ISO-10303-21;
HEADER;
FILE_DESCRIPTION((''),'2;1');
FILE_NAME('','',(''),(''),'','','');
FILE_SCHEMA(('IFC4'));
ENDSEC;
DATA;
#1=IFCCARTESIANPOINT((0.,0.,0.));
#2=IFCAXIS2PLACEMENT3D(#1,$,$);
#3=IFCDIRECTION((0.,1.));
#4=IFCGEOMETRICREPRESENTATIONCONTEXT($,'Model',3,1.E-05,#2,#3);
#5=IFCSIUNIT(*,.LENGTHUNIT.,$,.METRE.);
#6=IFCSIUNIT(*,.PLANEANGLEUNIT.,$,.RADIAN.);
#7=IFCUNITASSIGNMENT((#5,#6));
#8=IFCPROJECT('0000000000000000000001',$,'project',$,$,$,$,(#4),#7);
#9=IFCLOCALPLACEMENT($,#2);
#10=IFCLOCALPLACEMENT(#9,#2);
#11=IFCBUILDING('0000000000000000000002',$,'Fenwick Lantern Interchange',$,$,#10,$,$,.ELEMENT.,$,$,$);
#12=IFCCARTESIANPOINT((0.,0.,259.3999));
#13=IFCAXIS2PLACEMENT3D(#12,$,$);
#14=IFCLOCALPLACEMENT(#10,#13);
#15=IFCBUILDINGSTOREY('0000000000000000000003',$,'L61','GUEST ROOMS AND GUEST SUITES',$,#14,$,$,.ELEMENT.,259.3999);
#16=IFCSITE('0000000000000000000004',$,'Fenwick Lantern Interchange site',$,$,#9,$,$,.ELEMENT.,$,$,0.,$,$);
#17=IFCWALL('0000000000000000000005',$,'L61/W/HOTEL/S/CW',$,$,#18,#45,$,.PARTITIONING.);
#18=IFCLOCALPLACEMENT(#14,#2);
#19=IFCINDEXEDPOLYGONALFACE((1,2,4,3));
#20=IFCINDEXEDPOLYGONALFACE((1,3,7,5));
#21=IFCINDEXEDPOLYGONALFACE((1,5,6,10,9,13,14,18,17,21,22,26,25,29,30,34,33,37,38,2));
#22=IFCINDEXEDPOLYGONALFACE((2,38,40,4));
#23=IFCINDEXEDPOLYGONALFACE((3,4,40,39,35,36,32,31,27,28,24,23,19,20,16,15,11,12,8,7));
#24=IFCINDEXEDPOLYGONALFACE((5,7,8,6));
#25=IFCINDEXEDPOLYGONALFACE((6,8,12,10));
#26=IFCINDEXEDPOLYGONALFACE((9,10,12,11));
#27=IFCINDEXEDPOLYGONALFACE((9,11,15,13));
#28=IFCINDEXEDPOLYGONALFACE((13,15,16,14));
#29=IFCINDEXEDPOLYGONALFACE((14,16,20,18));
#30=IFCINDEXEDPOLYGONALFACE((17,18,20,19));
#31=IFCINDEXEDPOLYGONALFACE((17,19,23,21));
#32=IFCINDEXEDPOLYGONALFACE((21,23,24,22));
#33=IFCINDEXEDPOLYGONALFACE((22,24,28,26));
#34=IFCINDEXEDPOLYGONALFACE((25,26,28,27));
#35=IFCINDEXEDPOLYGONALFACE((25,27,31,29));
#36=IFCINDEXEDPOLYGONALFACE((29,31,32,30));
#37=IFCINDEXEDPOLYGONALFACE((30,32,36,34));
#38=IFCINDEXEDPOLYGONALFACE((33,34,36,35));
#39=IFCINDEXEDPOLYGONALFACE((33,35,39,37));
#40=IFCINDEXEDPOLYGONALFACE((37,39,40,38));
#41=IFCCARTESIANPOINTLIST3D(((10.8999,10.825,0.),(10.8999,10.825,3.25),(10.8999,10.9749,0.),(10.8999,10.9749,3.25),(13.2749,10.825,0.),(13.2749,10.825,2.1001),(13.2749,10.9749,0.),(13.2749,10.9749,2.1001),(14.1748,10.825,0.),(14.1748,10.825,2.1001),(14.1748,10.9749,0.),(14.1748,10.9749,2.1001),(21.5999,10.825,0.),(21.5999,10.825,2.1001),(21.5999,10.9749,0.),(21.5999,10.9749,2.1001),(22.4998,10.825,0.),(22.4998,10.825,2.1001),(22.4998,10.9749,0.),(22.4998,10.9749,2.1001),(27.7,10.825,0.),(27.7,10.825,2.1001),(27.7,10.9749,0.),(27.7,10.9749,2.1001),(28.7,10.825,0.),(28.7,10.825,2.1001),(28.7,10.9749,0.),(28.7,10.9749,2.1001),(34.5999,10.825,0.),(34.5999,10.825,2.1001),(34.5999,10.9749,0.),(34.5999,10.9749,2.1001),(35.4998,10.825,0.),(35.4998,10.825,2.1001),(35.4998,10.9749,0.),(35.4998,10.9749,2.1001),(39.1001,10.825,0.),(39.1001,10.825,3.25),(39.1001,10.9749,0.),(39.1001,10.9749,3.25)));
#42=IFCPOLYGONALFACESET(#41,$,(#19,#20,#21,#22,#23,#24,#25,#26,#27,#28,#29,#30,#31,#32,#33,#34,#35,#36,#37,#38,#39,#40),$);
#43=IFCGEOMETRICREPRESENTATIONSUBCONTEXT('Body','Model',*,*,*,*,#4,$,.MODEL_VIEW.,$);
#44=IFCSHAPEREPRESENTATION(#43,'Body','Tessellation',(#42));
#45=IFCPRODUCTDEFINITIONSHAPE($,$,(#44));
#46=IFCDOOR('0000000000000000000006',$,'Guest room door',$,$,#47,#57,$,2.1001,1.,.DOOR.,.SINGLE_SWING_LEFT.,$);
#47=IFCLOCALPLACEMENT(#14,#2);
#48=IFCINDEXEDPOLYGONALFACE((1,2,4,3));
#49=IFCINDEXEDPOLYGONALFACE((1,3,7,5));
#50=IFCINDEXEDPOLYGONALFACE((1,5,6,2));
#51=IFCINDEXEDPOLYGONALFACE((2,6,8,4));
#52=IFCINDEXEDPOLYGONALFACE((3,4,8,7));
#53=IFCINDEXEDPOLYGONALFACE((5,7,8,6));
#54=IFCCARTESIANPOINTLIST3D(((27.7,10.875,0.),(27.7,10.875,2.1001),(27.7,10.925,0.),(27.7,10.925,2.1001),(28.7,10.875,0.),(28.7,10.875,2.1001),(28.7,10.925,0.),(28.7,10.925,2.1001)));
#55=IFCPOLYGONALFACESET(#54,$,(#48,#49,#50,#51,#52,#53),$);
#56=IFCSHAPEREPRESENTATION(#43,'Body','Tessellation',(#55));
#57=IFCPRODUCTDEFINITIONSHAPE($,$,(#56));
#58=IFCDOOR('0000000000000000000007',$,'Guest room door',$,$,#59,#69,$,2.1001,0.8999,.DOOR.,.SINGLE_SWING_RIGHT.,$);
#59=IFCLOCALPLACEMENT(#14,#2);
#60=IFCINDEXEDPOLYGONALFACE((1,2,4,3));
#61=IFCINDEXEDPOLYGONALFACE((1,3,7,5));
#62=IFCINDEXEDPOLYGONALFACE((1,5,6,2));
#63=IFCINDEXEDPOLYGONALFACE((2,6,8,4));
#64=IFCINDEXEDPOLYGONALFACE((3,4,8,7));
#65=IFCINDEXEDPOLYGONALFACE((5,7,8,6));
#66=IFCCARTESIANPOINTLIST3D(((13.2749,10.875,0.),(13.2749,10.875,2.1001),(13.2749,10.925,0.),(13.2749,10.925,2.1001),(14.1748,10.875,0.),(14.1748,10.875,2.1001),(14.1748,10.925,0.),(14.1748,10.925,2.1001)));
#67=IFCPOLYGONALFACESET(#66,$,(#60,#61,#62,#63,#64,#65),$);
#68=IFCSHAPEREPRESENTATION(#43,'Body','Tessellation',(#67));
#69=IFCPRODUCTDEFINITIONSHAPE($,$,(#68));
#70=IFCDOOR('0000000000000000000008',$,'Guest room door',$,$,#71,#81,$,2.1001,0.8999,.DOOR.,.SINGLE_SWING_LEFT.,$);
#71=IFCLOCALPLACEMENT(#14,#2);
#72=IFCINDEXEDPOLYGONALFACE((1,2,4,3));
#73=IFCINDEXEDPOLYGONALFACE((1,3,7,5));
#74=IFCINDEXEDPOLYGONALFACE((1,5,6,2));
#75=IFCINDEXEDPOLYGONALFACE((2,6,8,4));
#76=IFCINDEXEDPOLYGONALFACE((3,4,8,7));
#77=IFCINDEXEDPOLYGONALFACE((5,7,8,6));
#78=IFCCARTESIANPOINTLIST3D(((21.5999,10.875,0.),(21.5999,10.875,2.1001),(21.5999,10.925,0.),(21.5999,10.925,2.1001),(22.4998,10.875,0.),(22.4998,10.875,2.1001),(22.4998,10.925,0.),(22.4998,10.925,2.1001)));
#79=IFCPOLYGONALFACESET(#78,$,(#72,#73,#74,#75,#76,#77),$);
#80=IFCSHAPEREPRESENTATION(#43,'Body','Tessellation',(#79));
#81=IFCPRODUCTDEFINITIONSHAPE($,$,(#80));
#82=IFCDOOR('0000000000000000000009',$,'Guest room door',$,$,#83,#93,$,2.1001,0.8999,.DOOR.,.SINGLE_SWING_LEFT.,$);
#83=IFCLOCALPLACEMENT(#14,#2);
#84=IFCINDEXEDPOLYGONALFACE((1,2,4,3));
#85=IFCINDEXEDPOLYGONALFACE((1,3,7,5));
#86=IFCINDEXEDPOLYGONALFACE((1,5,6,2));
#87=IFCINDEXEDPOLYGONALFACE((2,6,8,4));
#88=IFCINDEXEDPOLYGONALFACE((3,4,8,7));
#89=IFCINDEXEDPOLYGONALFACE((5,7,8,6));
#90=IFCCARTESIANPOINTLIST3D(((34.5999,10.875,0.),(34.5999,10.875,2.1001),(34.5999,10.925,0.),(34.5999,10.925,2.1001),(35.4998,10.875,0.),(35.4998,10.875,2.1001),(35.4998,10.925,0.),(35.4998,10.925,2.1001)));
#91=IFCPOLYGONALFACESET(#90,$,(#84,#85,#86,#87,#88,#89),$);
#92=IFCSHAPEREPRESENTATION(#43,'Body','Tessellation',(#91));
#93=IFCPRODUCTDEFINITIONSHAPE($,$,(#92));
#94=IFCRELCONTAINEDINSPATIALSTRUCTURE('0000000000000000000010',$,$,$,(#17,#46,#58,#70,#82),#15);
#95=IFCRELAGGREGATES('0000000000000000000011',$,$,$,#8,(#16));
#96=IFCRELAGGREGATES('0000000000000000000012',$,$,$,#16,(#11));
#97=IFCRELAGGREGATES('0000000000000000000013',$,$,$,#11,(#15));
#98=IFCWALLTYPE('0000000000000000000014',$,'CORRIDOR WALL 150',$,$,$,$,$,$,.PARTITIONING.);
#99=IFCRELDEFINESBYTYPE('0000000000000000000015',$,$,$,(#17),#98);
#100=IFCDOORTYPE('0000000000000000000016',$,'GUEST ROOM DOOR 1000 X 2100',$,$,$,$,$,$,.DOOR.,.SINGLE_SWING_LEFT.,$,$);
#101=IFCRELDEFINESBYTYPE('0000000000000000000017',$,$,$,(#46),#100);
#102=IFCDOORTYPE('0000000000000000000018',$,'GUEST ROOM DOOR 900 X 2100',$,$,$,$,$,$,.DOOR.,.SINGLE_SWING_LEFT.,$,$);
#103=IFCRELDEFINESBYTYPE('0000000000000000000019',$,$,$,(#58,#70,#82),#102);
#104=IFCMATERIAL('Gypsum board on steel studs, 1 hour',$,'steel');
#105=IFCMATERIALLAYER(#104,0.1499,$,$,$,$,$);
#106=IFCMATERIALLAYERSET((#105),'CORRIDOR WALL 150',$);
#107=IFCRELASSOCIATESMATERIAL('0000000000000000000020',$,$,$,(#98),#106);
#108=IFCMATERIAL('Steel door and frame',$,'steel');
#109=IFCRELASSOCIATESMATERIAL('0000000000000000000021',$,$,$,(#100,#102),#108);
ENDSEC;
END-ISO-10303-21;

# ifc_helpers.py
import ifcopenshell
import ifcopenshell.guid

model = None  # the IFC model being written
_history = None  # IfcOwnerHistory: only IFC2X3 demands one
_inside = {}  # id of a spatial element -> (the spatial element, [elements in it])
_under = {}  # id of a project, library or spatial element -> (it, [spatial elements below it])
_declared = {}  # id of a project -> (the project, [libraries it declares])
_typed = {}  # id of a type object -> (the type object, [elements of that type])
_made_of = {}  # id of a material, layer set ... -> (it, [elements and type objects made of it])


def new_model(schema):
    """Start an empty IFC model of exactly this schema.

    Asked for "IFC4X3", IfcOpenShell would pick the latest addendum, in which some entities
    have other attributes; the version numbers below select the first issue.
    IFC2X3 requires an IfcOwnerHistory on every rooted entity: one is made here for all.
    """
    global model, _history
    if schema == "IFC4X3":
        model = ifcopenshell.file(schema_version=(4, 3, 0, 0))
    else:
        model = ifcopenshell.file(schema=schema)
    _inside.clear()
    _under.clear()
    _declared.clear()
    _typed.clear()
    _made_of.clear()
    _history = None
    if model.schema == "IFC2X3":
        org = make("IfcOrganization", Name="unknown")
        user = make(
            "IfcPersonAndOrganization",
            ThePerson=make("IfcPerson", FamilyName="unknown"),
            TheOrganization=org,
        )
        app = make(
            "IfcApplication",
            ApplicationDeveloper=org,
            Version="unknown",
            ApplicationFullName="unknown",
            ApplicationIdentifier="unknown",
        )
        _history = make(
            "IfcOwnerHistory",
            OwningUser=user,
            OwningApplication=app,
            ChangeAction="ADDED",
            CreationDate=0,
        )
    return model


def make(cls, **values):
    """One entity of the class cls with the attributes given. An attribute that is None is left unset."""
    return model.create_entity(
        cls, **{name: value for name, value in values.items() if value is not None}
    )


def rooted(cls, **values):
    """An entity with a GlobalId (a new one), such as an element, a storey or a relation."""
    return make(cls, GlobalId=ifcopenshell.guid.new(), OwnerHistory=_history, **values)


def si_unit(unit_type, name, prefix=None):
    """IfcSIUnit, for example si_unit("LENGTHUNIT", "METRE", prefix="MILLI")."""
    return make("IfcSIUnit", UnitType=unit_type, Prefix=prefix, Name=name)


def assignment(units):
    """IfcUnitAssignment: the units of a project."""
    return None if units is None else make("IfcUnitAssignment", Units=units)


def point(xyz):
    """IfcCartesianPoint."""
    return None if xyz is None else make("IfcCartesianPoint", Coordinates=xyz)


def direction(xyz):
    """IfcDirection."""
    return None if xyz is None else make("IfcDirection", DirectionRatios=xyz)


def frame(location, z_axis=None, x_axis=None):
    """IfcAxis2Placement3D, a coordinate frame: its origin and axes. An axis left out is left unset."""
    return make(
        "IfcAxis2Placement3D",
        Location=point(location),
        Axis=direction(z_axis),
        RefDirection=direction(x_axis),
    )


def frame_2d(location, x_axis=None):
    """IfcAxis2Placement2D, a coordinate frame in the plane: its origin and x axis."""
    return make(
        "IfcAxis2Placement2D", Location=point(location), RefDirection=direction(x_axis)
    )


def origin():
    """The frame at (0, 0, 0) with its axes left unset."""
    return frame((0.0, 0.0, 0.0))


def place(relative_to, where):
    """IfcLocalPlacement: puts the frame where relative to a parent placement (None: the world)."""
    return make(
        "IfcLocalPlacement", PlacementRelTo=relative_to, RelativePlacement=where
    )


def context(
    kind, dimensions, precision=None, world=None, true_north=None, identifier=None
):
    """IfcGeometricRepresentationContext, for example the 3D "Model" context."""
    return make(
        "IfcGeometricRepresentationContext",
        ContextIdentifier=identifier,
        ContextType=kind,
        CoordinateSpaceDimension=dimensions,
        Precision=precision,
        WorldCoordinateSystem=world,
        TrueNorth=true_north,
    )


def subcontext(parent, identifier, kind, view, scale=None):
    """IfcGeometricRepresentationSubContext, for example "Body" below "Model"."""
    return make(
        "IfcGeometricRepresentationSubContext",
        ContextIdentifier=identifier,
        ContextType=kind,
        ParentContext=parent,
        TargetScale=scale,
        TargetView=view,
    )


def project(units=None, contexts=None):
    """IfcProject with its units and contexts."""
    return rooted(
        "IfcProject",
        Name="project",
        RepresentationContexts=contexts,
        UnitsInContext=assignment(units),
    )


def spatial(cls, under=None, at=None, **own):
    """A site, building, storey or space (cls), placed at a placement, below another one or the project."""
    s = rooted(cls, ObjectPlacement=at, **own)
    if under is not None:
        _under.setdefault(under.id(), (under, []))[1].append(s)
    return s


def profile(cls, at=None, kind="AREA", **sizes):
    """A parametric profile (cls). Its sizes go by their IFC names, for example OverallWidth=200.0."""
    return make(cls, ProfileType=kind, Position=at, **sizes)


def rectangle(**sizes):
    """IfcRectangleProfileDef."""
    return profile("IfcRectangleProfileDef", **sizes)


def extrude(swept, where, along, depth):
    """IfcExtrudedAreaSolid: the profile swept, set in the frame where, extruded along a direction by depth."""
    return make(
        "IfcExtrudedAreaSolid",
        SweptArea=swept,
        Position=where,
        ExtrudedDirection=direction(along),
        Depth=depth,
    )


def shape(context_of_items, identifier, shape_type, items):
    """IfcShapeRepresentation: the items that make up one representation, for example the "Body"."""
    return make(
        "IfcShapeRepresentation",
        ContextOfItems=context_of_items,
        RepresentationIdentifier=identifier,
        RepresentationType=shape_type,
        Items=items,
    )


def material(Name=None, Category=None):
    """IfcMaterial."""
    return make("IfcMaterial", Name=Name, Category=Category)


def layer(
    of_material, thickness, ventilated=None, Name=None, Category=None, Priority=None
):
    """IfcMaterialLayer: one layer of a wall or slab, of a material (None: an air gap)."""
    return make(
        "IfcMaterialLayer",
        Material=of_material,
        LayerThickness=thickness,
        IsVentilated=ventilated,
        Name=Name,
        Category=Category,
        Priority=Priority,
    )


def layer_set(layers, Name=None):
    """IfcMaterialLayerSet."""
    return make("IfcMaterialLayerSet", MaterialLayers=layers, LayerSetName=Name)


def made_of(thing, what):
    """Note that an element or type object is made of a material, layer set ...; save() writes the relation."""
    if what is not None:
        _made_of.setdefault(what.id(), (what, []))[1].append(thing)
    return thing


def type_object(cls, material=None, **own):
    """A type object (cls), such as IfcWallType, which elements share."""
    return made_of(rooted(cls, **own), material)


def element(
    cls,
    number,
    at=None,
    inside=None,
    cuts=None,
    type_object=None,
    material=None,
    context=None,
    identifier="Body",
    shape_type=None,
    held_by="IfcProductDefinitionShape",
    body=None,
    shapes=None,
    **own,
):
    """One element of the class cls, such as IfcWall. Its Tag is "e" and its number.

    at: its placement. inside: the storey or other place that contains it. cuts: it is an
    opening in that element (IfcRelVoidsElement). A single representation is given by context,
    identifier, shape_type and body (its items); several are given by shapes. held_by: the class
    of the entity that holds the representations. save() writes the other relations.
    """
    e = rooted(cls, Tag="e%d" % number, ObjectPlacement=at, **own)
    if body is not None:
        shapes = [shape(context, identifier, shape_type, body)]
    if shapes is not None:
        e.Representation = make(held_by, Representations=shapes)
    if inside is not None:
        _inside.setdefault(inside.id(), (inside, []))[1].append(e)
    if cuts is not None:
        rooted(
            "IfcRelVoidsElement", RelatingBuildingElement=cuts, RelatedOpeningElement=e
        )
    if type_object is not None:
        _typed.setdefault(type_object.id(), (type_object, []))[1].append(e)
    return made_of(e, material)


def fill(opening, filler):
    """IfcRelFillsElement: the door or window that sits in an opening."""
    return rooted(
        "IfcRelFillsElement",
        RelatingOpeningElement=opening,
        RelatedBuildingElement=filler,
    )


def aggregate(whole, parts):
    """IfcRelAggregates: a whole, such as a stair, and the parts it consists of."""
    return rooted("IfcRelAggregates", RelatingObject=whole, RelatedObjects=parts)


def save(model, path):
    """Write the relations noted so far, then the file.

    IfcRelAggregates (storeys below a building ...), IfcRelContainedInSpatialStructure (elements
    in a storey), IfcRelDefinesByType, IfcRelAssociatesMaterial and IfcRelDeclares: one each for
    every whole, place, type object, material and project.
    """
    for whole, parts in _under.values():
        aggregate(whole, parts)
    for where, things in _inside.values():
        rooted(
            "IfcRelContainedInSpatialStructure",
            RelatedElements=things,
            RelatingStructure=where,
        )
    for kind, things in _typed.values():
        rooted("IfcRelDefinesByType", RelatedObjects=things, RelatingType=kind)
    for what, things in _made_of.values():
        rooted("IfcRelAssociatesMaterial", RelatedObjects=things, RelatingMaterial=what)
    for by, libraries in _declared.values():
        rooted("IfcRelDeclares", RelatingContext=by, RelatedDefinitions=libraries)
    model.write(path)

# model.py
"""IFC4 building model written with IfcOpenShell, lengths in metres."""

from ifc_helpers import new_model, si_unit, direction, frame, frame_2d, origin, place, context, subcontext, project, spatial, rectangle, extrude, material, layer, layer_set, type_object, element, fill, save


model = new_model("IFC4")

# Units and contexts
model_context = context("Model", 3, precision=1e-05, world=origin(), true_north=direction((0.0, 1.0)))
body_context = subcontext(model_context, "Body", "Model", "MODEL_VIEW")
ifc_project = project(units=[si_unit("LENGTHUNIT", "METRE"), si_unit("PLANEANGLEUNIT", "RADIAN")], contexts=[model_context])

# Site, building, storey
site_placement = place(None, origin())
site = spatial("IfcSite", under=ifc_project, at=site_placement, Name="Fenwick Lantern Interchange site", CompositionType="ELEMENT", RefElevation=0.0)
building_placement = place(site_placement, origin())
building = spatial("IfcBuilding", under=site, at=building_placement, Name="Fenwick Lantern Interchange", CompositionType="ELEMENT")
storey_placement = place(building_placement, frame((0.0, 0.0, 259.3999)))
storey = spatial("IfcBuildingStorey", under=building, at=storey_placement, Name="L61", Description="GUEST ROOMS AND GUEST SUITES", CompositionType="ELEMENT", Elevation=259.3999)

# Shared definitions
ifc_material_1 = material(Name="Steel door and frame", Category="steel")

# Wall, openings, doors
ifc_material_2 = material(Name="Gypsum board on steel studs, 1 hour", Category="steel")
ifc_layer_1 = layer(ifc_material_2, 0.1499)
ifc_layer_set_1 = layer_set([ifc_layer_1], Name="CORRIDOR WALL 150")
wall_type_1 = type_object("IfcWallType", Name="CORRIDOR WALL 150", PredefinedType="PARTITIONING", material=ifc_layer_set_1)
wall_1_placement = place(storey_placement, frame((10.8999, 10.8999, 0.0), z_axis=(0.0, 0.0, 1.0), x_axis=(1.0, 0.0, 0.0)))
wall_1 = element("IfcWall", 1, at=wall_1_placement, inside=storey, type_object=wall_type_1, Name="L61/W/HOTEL/S/CW", PredefinedType="PARTITIONING", context=body_context, shape_type="SweptSolid", body=[
    extrude(rectangle(XDim=28.2002, YDim=0.1499, at=frame_2d((14.1001, 0.0))), origin(), (0.0, 0.0, 1.0), 3.25),
])
opening_1_placement = place(wall_1_placement, frame((2.375, 0.0, 0.0)))
opening_1 = element("IfcOpeningElement", 2, at=opening_1_placement, cuts=wall_1, PredefinedType="OPENING", context=body_context, shape_type="SweptSolid", body=[
    extrude(rectangle(XDim=0.8999, YDim=2.1001, at=frame_2d((0.45, 1.05))), frame((0.0, 0.085, 0.0), z_axis=(0.0, -1.0, 0.0), x_axis=(1.0, 0.0, 0.0)), (0.0, 0.0, 1.0), 0.1699),
])
opening_2_placement = place(wall_1_placement, frame((10.7, 0.0, 0.0)))
opening_2 = element("IfcOpeningElement", 3, at=opening_2_placement, cuts=wall_1, PredefinedType="OPENING", context=body_context, shape_type="SweptSolid", body=[
    extrude(rectangle(XDim=0.8999, YDim=2.1001, at=frame_2d((0.45, 1.05))), frame((0.0, 0.085, 0.0), z_axis=(0.0, -1.0, 0.0), x_axis=(1.0, 0.0, 0.0)), (0.0, 0.0, 1.0), 0.1699),
])
opening_3_placement = place(wall_1_placement, frame((16.8, 0.0, 0.0)))
opening_3 = element("IfcOpeningElement", 4, at=opening_3_placement, cuts=wall_1, PredefinedType="OPENING", context=body_context, shape_type="SweptSolid", body=[
    extrude(rectangle(XDim=1.0, YDim=2.1001, at=frame_2d((0.5, 1.05))), frame((0.0, 0.085, 0.0), z_axis=(0.0, -1.0, 0.0), x_axis=(1.0, 0.0, 0.0)), (0.0, 0.0, 1.0), 0.1699),
])
opening_4_placement = place(wall_1_placement, frame((23.7, 0.0, 0.0)))
opening_4 = element("IfcOpeningElement", 5, at=opening_4_placement, cuts=wall_1, PredefinedType="OPENING", context=body_context, shape_type="SweptSolid", body=[
    extrude(rectangle(XDim=0.8999, YDim=2.1001, at=frame_2d((0.45, 1.05))), frame((0.0, 0.085, 0.0), z_axis=(0.0, -1.0, 0.0), x_axis=(1.0, 0.0, 0.0)), (0.0, 0.0, 1.0), 0.1699),
])
door_type_1 = type_object("IfcDoorType", Name="GUEST ROOM DOOR 1000 X 2100", OperationType="SINGLE_SWING_LEFT", PredefinedType="DOOR", material=ifc_material_1)
door_1_placement = place(opening_3_placement, frame((1.0, 0.0, 0.0), z_axis=(0.0, 0.0, 1.0), x_axis=(-1.0, 0.0, 0.0)))
door_1 = element("IfcDoor", 6, at=door_1_placement, inside=storey, type_object=door_type_1, Name="Guest room door", OperationType="SINGLE_SWING_LEFT", OverallHeight=2.1001, OverallWidth=1.0, PredefinedType="DOOR", context=body_context, shape_type="SweptSolid", body=[
    extrude(rectangle(XDim=1.0, YDim=2.1001, at=frame_2d((0.5, 1.05))), frame((0.0, 0.0249, 0.0), z_axis=(0.0, -1.0, 0.0), x_axis=(1.0, 0.0, 0.0)), (0.0, 0.0, 1.0), 0.05),
])
fill(opening_3, door_1)
door_type_2 = type_object("IfcDoorType", Name="GUEST ROOM DOOR 900 X 2100", OperationType="SINGLE_SWING_LEFT", PredefinedType="DOOR", material=ifc_material_1)
door_2_placement = place(opening_1_placement, frame((0.8999, 0.0, 0.0), z_axis=(0.0, 0.0, 1.0), x_axis=(-1.0, 0.0, 0.0)))
door_2 = element("IfcDoor", 7, at=door_2_placement, inside=storey, type_object=door_type_2, Name="Guest room door", OperationType="SINGLE_SWING_RIGHT", OverallHeight=2.1001, OverallWidth=0.8999, PredefinedType="DOOR", context=body_context, shape_type="SweptSolid", body=[
    extrude(rectangle(XDim=0.8999, YDim=2.1001, at=frame_2d((0.45, 1.05))), frame((0.0, 0.0249, 0.0), z_axis=(0.0, -1.0, 0.0), x_axis=(1.0, 0.0, 0.0)), (0.0, 0.0, 1.0), 0.05),
])
fill(opening_1, door_2)
door_3_placement = place(opening_2_placement, frame((0.8999, 0.0, 0.0), z_axis=(0.0, 0.0, 1.0), x_axis=(-1.0, 0.0, 0.0)))
door_3 = element("IfcDoor", 8, at=door_3_placement, inside=storey, type_object=door_type_2, Name="Guest room door", OperationType="SINGLE_SWING_LEFT", OverallHeight=2.1001, OverallWidth=0.8999, PredefinedType="DOOR", context=body_context, shape_type="SweptSolid", body=[
    extrude(rectangle(XDim=0.8999, YDim=2.1001, at=frame_2d((0.45, 1.05))), frame((0.0, 0.0249, 0.0), z_axis=(0.0, -1.0, 0.0), x_axis=(1.0, 0.0, 0.0)), (0.0, 0.0, 1.0), 0.05),
])
fill(opening_2, door_3)
door_4_placement = place(opening_4_placement, frame((0.8999, 0.0, 0.0), z_axis=(0.0, 0.0, 1.0), x_axis=(-1.0, 0.0, 0.0)))
door_4 = element("IfcDoor", 9, at=door_4_placement, inside=storey, type_object=door_type_2, Name="Guest room door", OperationType="SINGLE_SWING_LEFT", OverallHeight=2.1001, OverallWidth=0.8999, PredefinedType="DOOR", context=body_context, shape_type="SweptSolid", body=[
    extrude(rectangle(XDim=0.8999, YDim=2.1001, at=frame_2d((0.45, 1.05))), frame((0.0, 0.0249, 0.0), z_axis=(0.0, -1.0, 0.0), x_axis=(1.0, 0.0, 0.0)), (0.0, 0.0, 1.0), 0.05),
])
fill(opening_4, door_4)

save(model, "model.ifc")
